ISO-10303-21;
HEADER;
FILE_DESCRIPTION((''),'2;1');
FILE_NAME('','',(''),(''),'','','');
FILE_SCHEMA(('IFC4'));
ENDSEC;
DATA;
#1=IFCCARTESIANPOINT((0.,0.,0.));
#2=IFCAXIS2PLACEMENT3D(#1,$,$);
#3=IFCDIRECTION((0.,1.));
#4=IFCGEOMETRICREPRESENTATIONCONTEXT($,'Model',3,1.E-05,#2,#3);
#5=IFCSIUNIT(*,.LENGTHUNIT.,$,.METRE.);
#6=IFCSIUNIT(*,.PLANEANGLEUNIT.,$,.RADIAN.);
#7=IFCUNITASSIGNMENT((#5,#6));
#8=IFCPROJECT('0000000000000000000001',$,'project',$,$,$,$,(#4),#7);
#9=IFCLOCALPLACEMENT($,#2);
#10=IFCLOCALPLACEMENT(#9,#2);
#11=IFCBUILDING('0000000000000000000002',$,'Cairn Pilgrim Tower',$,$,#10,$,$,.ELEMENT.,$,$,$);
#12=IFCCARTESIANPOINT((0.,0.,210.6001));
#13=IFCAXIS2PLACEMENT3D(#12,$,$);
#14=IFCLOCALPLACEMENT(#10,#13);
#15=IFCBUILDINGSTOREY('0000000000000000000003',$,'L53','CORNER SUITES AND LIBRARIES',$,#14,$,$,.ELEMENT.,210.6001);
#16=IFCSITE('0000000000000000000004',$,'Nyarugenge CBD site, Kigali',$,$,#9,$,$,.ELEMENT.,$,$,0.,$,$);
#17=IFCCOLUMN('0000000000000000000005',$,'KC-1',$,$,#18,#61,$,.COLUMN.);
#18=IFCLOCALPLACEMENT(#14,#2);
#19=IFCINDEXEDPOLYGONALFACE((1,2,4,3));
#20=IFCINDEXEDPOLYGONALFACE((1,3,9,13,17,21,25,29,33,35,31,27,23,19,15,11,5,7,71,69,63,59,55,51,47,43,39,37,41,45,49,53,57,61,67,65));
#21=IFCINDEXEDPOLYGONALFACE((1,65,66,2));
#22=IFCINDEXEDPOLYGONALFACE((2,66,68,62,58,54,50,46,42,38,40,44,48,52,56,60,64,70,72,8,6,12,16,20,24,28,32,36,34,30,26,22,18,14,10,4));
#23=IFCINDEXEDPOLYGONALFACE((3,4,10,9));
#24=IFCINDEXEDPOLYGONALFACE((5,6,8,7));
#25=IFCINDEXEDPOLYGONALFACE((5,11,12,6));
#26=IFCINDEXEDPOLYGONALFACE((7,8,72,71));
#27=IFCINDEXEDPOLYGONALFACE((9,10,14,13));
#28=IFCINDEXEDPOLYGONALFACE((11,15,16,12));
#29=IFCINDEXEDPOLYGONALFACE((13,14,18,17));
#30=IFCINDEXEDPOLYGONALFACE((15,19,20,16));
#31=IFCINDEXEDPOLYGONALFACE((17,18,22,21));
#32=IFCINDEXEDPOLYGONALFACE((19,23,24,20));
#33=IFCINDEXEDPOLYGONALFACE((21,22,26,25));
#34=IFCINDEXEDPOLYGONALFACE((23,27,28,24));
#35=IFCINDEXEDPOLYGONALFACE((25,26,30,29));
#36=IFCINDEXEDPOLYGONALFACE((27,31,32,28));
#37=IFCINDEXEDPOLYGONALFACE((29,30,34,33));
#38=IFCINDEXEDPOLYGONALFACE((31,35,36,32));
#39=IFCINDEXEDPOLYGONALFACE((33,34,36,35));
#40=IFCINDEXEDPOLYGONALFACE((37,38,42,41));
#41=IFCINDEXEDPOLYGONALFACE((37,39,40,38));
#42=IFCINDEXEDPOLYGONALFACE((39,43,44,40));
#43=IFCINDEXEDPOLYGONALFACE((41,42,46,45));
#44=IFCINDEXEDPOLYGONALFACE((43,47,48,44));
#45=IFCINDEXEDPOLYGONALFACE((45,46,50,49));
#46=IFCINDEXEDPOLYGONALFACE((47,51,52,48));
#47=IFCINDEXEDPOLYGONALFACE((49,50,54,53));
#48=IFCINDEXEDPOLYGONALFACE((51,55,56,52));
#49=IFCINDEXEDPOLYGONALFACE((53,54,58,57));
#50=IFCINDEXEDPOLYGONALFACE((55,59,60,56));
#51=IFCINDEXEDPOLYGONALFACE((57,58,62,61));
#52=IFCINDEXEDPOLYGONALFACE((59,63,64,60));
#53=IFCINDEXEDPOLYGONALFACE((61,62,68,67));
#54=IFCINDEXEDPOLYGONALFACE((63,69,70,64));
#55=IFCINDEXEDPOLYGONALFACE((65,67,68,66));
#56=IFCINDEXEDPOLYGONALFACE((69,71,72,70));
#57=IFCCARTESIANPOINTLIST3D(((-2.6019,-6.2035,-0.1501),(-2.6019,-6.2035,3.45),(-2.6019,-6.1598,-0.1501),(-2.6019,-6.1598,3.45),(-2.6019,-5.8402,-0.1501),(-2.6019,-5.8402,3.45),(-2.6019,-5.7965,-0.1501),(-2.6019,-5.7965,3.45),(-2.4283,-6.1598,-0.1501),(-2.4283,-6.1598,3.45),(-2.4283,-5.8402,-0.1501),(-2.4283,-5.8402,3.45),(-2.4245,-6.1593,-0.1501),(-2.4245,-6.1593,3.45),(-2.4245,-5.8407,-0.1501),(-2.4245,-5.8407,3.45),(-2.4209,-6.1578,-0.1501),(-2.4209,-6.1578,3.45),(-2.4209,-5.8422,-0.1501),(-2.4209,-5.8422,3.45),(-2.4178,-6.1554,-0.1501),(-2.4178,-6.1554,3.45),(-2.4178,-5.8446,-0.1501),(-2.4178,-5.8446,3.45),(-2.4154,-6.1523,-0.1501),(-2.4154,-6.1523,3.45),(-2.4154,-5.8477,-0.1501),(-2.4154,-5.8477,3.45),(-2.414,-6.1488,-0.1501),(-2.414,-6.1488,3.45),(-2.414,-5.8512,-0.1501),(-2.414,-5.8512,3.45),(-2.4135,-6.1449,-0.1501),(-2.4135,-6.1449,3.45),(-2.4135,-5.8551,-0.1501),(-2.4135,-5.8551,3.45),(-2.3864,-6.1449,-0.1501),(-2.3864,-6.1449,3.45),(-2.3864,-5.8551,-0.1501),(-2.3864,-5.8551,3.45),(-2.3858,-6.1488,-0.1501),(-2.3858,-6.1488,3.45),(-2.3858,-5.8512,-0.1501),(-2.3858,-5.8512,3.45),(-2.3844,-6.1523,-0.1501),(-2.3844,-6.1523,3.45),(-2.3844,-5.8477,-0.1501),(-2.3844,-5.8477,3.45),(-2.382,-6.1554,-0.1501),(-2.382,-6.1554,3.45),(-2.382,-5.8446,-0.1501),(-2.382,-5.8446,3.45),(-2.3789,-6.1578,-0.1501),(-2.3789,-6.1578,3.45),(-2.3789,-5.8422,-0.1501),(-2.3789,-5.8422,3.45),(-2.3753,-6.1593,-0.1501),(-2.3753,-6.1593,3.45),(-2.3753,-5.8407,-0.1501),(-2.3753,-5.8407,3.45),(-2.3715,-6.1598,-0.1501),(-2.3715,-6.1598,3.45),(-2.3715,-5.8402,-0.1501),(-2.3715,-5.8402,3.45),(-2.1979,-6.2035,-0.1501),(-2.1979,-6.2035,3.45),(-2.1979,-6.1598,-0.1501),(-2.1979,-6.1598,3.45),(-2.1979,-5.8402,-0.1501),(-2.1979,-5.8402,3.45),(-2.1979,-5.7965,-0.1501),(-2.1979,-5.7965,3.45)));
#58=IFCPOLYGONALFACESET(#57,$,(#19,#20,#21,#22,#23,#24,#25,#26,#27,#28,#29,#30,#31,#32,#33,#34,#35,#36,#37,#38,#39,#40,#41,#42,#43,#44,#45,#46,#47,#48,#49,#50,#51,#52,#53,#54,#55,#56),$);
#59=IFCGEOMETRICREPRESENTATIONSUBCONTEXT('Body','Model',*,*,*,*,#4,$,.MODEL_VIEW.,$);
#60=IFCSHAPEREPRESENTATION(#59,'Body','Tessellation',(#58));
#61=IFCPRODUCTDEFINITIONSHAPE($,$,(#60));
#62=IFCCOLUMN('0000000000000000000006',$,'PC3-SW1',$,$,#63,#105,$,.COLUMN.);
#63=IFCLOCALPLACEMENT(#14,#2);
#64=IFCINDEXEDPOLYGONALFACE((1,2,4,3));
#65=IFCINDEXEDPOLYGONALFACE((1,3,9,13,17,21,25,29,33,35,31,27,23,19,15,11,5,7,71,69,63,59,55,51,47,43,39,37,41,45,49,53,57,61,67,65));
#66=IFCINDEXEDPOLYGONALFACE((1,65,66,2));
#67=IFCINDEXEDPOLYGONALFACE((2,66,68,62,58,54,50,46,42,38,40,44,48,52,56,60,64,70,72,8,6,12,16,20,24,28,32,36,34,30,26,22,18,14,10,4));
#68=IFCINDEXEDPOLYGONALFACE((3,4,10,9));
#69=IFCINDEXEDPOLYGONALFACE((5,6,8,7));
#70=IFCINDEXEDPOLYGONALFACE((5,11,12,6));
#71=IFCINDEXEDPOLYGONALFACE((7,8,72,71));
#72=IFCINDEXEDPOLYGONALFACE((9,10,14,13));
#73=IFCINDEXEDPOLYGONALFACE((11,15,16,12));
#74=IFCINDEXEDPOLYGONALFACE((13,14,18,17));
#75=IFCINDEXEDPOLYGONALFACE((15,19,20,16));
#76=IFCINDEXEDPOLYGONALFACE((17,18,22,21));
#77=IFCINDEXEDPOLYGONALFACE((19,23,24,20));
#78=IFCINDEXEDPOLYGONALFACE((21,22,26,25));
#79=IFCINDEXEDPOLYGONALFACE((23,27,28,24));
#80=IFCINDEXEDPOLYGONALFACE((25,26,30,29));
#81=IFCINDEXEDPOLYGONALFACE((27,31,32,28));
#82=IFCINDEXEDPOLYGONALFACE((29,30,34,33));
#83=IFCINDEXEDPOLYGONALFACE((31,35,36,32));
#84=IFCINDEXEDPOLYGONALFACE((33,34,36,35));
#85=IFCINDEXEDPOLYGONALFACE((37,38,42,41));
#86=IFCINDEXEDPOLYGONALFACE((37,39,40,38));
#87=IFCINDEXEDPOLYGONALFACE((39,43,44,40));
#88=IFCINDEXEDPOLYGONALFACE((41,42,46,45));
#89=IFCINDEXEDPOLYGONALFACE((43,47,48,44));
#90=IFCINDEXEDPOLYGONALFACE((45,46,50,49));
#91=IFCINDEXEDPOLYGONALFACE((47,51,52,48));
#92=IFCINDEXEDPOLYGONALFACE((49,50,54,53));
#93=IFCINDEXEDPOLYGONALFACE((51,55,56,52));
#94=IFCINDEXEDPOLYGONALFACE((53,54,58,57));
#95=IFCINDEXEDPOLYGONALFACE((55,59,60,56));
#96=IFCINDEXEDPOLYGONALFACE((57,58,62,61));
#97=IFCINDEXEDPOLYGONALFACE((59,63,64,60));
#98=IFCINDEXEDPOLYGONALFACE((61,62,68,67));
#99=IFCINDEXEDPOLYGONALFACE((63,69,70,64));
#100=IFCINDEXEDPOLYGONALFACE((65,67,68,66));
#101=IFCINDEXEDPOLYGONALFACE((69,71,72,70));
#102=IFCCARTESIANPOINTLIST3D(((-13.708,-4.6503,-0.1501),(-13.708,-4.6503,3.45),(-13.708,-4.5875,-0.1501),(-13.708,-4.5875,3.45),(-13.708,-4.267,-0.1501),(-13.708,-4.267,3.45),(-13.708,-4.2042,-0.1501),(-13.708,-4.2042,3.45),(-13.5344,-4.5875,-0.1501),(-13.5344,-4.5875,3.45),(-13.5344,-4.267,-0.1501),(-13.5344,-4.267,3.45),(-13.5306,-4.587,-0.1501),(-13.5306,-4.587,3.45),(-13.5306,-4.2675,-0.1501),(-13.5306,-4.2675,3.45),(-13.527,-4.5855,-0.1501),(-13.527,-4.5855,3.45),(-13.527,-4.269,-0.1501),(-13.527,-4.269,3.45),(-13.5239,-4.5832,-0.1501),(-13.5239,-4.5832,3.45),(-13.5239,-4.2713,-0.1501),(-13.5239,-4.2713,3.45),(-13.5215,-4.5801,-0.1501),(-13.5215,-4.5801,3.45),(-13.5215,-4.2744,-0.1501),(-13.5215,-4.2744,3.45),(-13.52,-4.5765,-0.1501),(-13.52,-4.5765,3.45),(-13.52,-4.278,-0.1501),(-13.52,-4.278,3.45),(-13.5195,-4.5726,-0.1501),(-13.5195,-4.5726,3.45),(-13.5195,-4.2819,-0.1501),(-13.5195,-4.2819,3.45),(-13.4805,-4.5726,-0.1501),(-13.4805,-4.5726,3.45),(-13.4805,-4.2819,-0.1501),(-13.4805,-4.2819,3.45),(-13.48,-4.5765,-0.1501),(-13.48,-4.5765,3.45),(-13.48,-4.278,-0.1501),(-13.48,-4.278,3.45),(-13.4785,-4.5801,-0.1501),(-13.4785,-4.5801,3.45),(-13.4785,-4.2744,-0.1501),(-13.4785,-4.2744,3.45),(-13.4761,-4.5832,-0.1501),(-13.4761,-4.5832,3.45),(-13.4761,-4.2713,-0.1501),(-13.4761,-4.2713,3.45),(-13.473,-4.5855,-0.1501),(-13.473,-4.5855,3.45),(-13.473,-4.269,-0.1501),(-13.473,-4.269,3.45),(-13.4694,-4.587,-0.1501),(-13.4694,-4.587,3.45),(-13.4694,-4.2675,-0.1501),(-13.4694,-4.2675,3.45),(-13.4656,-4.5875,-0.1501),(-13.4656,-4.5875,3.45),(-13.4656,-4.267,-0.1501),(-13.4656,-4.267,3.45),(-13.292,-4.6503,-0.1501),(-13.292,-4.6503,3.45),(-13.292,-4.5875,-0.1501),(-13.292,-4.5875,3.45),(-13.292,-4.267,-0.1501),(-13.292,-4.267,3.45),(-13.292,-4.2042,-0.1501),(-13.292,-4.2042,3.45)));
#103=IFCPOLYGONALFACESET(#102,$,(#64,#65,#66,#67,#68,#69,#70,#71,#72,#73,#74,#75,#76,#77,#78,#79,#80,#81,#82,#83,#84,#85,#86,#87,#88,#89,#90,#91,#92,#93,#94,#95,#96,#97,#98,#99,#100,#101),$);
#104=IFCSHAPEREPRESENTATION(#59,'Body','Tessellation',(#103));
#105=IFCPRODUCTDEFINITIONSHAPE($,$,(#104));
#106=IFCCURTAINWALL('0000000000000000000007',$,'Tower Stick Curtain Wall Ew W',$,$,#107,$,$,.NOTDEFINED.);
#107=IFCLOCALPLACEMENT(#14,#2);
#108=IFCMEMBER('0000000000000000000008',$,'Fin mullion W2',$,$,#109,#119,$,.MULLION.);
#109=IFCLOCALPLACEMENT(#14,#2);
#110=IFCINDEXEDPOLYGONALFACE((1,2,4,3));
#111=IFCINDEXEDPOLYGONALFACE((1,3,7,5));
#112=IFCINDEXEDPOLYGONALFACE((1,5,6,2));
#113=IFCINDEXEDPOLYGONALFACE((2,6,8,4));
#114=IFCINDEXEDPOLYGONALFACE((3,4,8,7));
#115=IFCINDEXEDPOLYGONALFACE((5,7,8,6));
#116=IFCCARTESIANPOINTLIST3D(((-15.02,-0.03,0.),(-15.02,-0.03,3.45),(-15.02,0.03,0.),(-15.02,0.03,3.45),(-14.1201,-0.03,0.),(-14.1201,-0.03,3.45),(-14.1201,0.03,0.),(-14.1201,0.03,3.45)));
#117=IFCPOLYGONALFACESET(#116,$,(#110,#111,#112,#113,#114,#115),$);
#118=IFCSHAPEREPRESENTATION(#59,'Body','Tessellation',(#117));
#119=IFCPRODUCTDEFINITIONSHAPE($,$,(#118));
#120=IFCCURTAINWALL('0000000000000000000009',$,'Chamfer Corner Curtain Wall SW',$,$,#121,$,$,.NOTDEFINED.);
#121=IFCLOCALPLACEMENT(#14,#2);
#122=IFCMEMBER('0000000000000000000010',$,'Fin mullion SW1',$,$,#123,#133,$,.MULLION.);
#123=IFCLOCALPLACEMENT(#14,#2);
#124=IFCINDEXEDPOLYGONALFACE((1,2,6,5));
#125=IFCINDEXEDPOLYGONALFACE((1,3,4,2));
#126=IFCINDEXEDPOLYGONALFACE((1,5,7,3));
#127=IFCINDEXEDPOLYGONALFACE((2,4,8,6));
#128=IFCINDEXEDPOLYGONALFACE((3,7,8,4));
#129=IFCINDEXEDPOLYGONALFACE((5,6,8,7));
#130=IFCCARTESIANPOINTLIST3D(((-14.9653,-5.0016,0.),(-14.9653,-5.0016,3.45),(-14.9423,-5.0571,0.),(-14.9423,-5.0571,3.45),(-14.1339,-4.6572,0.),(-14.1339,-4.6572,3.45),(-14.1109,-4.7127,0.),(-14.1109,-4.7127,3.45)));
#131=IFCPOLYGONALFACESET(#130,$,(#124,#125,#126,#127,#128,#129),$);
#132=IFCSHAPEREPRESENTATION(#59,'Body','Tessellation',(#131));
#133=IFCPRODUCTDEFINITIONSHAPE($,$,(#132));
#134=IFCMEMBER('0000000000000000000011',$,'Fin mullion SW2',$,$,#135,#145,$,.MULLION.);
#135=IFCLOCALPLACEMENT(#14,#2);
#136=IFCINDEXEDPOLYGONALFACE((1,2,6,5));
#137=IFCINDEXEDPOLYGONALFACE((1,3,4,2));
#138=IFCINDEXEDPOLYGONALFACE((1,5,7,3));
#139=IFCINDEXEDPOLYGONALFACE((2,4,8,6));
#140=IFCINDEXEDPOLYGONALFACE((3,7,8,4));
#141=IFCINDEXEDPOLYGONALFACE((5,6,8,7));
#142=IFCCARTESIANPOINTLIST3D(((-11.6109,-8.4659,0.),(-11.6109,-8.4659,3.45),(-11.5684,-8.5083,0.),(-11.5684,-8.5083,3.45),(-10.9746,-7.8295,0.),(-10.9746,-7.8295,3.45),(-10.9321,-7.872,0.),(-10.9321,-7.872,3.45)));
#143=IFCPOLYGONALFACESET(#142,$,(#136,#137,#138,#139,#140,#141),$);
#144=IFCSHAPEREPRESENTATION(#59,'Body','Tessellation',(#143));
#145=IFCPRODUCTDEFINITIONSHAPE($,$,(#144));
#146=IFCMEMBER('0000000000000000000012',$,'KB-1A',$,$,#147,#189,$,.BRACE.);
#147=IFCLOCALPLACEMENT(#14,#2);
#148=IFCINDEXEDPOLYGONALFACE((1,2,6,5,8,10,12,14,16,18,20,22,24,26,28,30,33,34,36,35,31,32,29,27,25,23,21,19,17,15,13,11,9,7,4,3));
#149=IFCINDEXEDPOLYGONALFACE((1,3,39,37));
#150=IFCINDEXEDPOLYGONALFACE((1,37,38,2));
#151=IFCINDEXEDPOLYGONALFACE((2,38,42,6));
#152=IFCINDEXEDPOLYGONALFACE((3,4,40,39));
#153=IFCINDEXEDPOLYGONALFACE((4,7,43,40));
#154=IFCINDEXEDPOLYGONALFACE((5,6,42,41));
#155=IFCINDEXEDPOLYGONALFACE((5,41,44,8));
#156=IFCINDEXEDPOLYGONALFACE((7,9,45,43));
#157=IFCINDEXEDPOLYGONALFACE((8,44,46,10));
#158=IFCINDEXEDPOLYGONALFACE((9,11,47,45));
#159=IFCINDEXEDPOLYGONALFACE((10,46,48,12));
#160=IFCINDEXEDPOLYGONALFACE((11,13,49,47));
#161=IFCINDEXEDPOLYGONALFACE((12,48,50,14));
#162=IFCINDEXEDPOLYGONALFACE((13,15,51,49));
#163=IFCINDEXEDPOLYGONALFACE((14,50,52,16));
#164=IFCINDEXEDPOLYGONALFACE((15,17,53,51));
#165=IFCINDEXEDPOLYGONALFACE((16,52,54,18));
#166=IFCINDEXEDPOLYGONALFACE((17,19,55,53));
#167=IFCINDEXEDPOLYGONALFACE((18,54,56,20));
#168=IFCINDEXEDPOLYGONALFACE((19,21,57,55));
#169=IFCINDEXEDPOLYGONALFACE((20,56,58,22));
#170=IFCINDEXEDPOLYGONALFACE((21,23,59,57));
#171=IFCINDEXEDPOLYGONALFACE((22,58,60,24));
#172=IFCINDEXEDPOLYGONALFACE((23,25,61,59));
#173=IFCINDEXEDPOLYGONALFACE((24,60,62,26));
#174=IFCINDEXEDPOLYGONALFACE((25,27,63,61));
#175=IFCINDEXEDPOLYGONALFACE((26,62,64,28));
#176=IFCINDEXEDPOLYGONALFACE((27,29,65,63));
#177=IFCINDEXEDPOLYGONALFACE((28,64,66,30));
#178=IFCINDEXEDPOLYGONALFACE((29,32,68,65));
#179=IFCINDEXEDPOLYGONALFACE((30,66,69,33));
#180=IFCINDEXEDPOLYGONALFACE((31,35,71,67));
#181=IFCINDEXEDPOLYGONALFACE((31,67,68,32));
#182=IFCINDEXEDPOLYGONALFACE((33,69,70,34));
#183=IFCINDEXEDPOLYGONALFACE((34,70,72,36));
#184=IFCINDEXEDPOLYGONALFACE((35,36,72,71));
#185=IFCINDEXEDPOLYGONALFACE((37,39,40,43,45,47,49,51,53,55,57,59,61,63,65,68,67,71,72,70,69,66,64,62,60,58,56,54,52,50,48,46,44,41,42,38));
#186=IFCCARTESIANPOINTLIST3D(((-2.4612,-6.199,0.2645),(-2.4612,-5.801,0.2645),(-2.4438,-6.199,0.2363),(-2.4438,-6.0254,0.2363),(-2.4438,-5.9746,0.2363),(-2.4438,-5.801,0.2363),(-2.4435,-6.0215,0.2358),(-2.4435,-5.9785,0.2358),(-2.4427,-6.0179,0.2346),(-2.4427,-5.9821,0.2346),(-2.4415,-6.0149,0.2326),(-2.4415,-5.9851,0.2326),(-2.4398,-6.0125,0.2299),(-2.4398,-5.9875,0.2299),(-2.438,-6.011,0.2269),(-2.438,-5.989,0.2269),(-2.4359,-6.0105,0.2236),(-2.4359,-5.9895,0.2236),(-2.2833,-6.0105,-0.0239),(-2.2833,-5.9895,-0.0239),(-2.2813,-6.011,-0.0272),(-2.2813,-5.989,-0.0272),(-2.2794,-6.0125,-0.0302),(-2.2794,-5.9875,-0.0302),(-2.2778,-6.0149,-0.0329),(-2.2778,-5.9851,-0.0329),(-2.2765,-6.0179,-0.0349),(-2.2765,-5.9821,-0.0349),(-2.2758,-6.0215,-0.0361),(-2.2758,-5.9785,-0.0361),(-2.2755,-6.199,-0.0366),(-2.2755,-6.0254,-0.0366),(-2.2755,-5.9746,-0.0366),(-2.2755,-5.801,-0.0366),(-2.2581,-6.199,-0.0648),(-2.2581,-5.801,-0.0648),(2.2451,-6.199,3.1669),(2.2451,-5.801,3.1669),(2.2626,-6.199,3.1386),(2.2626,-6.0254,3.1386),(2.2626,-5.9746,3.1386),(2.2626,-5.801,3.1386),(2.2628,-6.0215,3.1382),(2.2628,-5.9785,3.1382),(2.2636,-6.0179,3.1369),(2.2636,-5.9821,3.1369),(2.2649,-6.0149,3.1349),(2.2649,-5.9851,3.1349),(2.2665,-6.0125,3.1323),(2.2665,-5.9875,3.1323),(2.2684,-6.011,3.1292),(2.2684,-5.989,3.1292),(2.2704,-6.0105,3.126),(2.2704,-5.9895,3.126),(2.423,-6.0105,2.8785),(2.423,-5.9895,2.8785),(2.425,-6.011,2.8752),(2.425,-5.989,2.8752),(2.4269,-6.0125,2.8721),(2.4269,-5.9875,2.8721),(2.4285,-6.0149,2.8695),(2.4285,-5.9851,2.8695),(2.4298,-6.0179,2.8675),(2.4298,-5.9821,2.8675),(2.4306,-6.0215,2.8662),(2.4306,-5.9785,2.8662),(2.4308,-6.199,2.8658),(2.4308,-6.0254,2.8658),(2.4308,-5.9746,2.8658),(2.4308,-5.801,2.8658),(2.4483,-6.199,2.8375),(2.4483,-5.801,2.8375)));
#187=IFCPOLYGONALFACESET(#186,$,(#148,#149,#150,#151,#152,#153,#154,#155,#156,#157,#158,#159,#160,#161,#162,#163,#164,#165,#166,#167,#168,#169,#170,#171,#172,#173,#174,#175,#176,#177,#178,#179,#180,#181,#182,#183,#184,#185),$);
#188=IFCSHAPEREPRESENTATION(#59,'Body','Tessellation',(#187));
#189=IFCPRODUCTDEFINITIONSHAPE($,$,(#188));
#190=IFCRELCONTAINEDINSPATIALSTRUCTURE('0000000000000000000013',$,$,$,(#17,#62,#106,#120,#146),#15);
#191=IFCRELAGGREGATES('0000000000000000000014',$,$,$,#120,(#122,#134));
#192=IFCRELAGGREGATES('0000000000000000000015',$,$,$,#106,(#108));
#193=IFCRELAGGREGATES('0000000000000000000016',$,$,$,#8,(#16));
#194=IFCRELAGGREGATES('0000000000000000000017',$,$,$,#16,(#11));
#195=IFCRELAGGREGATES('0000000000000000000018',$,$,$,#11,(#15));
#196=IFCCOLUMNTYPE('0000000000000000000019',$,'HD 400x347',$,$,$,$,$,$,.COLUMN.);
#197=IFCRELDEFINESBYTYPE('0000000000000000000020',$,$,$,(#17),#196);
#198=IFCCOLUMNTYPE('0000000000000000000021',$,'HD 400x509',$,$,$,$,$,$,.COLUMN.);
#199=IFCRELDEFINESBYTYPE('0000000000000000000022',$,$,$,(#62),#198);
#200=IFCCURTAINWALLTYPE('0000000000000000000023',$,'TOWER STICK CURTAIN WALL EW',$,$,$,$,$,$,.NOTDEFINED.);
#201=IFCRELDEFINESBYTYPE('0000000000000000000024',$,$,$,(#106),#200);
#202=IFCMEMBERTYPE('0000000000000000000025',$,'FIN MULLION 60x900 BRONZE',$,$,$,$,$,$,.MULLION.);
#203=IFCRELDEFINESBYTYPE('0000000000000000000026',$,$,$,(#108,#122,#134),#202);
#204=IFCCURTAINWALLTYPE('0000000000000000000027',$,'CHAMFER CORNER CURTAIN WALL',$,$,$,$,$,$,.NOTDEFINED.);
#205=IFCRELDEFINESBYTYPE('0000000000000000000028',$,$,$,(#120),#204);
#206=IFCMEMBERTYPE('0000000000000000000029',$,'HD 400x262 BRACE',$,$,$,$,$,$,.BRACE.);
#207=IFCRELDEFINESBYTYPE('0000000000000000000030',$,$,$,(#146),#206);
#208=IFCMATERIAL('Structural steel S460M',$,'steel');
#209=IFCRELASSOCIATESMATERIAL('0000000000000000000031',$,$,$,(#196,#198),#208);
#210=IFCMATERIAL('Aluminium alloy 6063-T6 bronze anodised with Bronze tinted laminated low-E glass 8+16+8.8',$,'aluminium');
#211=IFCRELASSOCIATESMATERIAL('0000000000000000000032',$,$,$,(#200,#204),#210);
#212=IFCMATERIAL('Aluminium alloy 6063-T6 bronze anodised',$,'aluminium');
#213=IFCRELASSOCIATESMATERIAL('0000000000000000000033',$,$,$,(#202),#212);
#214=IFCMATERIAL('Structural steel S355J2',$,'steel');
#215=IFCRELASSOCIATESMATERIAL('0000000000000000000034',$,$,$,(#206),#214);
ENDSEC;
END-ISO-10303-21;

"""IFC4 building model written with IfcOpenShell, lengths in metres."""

from ifc_helpers import new_model, si_unit, direction, frame, origin, origin_2d, place, context, subcontext, project, spatial, rectangle, i_section, extrude, material, material_profile, profile_set, type_object, element, aggregate, save


model = new_model("IFC4")

# Units and contexts
model_context = context("Model", 3, precision=1e-05, world=origin(), true_north=direction((0.0, 1.0)))
body_context = subcontext(model_context, "Body", "Model", "MODEL_VIEW")
ifc_project = project(units=[si_unit("LENGTHUNIT", "METRE"), si_unit("PLANEANGLEUNIT", "RADIAN")], contexts=[model_context])

# Site, building, storey
site_placement = place(None, origin())
site = spatial("IfcSite", under=ifc_project, at=site_placement, Name="Nyarugenge CBD site, Kigali", CompositionType="ELEMENT", RefElevation=0.0)
building_placement = place(site_placement, origin())
building = spatial("IfcBuilding", under=site, at=building_placement, Name="Cairn Pilgrim Tower", CompositionType="ELEMENT")
storey_placement = place(building_placement, frame((0.0, 0.0, 210.6001)))
storey = spatial("IfcBuildingStorey", under=building, at=storey_placement, Name="L53", Description="CORNER SUITES AND LIBRARIES", CompositionType="ELEMENT", Elevation=210.6001)

# Columns
ifc_material_1 = material(Name="Structural steel S460M", Category="steel")
ifc_material_profile_1 = material_profile(ifc_material_1, i_section(OverallWidth=0.4041, OverallDepth=0.407, WebThickness=0.0271, FlangeThickness=0.0437, FilletRadius=0.0149, at=origin_2d()), Name="HD 400x347")
ifc_profile_set_1 = profile_set([ifc_material_profile_1], Name="Structural steel S460M")
column_type_1 = type_object("IfcColumnType", Name="HD 400x347", PredefinedType="COLUMN", material=ifc_profile_set_1)
column_1_placement = place(storey_placement, frame((-2.3999, -6.0, -0.1501), z_axis=(0.0, 0.0, 1.0), x_axis=(1.0, 0.0, 0.0)))
element("IfcColumn", 1, at=column_1_placement, inside=storey, type_object=column_type_1, Name="KC-1", PredefinedType="COLUMN", context=body_context, shape_type="SweptSolid", body=[
    extrude(i_section(OverallWidth=0.4041, OverallDepth=0.407, WebThickness=0.0271, FlangeThickness=0.0437, FilletRadius=0.0149, at=origin_2d()), origin(), (0.0, 0.0, 1.0), 3.6001),
])
ifc_material_profile_2 = material_profile(ifc_material_1, i_section(OverallWidth=0.416, OverallDepth=0.446, WebThickness=0.0391, FlangeThickness=0.0627, FilletRadius=0.0149, at=origin_2d()), Name="HD 400x509")
ifc_profile_set_2 = profile_set([ifc_material_profile_2], Name="Structural steel S460M")
column_type_2 = type_object("IfcColumnType", Name="HD 400x509", PredefinedType="COLUMN", material=ifc_profile_set_2)
column_2_placement = place(storey_placement, frame((-13.5, -4.4272, -0.1501), z_axis=(0.0, 0.0, 1.0), x_axis=(1.0, 0.0, 0.0)))
element("IfcColumn", 2, at=column_2_placement, inside=storey, type_object=column_type_2, Name="PC3-SW1", PredefinedType="COLUMN", context=body_context, shape_type="SweptSolid", body=[
    extrude(i_section(OverallWidth=0.416, OverallDepth=0.446, WebThickness=0.0391, FlangeThickness=0.0627, FilletRadius=0.0149, at=origin_2d()), origin(), (0.0, 0.0, 1.0), 3.6001),
])

# Curtain wall, member
ifc_material_2 = material(Name="Aluminium alloy 6063-T6 bronze anodised with Bronze tinted laminated low-E glass 8+16+8.8", Category="aluminium")
curtain_wall_type_1 = type_object("IfcCurtainWallType", Name="TOWER STICK CURTAIN WALL EW", PredefinedType="NOTDEFINED", material=ifc_material_2)
curtain_wall_1_placement = place(storey_placement, origin())
curtain_wall_1 = element("IfcCurtainWall", 3, at=curtain_wall_1_placement, inside=storey, type_object=curtain_wall_type_1, Name="Tower Stick Curtain Wall Ew W", PredefinedType="NOTDEFINED")
ifc_material_3 = material(Name="Aluminium alloy 6063-T6 bronze anodised", Category="aluminium")
ifc_material_profile_3 = material_profile(ifc_material_3, rectangle(XDim=0.8999, YDim=0.0601, at=origin_2d()), Name="FIN MULLION 60x900 BRONZE")
ifc_profile_set_3 = profile_set([ifc_material_profile_3], Name="Aluminium alloy 6063-T6 bronze anodised")
member_type_1 = type_object("IfcMemberType", Name="FIN MULLION 60x900 BRONZE", PredefinedType="MULLION", material=ifc_profile_set_3)
member_1_placement = place(storey_placement, frame((-14.5701, 0.0, 0.0), z_axis=(0.0, 0.0, 1.0), x_axis=(-1.0, 0.0, 0.0)))
member_1 = element("IfcMember", 4, at=member_1_placement, type_object=member_type_1, Name="Fin mullion W2", PredefinedType="MULLION", context=body_context, shape_type="SweptSolid", body=[
    extrude(rectangle(XDim=0.8999, YDim=0.0601, at=origin_2d()), origin(), (0.0, 0.0, 1.0), 3.45),
])

# Curtain wall, members
curtain_wall_type_2 = type_object("IfcCurtainWallType", Name="CHAMFER CORNER CURTAIN WALL", PredefinedType="NOTDEFINED", material=ifc_material_2)
curtain_wall_2_placement = place(storey_placement, origin())
curtain_wall_2 = element("IfcCurtainWall", 5, at=curtain_wall_2_placement, inside=storey, type_object=curtain_wall_type_2, Name="Chamfer Corner Curtain Wall SW", PredefinedType="NOTDEFINED")
member_2_placement = place(storey_placement, frame((-14.5381, -4.8572, 0.0), z_axis=(0.0, 0.0, 1.0), x_axis=(-0.92388, -0.382683, 0.0)))
member_2 = element("IfcMember", 6, at=member_2_placement, type_object=member_type_1, Name="Fin mullion SW1", PredefinedType="MULLION", context=body_context, shape_type="SweptSolid", body=[
    extrude(rectangle(XDim=0.8999, YDim=0.0601, at=origin_2d()), origin(), (0.0, 0.0, 1.0), 3.45),
])
member_3_placement = place(storey_placement, frame((-11.2715, -8.1689, 0.0), z_axis=(0.0, 0.0, 1.0), x_axis=(-0.707107, -0.707107, 0.0)))
member_3 = element("IfcMember", 7, at=member_3_placement, type_object=member_type_1, Name="Fin mullion SW2", PredefinedType="MULLION", context=body_context, shape_type="SweptSolid", body=[
    extrude(rectangle(XDim=0.8999, YDim=0.0601, at=origin_2d()), origin(), (0.0, 0.0, 1.0), 3.45),
])

# Member
ifc_material_4 = material(Name="Structural steel S355J2", Category="steel")
ifc_material_profile_4 = material_profile(ifc_material_4, i_section(OverallWidth=0.3979, OverallDepth=0.387, WebThickness=0.021, FlangeThickness=0.0332, FilletRadius=0.0149, at=origin_2d()), Name="HD 400x262")
ifc_profile_set_4 = profile_set([ifc_material_profile_4], Name="Structural steel S355J2")
member_type_2 = type_object("IfcMemberType", Name="HD 400x262 BRACE", PredefinedType="BRACE", material=ifc_profile_set_4)
member_4_placement = place(storey_placement, frame((-2.3596, -6.0, 0.0999), z_axis=(0.851161, 0.0, 0.524905), x_axis=(0.0, 1.0, 0.0)))
element("IfcMember", 8, at=member_4_placement, inside=storey, type_object=member_type_2, Name="KB-1A", PredefinedType="BRACE", context=body_context, shape_type="SweptSolid", body=[
    extrude(i_section(OverallWidth=0.3979, OverallDepth=0.387, WebThickness=0.021, FlangeThickness=0.0332, FilletRadius=0.0149, at=origin_2d()), origin(), (0.0, 0.0, 1.0), 5.5293),
])

aggregate(curtain_wall_2, [member_2, member_3])
aggregate(curtain_wall_1, [member_1])

save(model, "model.ifc")
